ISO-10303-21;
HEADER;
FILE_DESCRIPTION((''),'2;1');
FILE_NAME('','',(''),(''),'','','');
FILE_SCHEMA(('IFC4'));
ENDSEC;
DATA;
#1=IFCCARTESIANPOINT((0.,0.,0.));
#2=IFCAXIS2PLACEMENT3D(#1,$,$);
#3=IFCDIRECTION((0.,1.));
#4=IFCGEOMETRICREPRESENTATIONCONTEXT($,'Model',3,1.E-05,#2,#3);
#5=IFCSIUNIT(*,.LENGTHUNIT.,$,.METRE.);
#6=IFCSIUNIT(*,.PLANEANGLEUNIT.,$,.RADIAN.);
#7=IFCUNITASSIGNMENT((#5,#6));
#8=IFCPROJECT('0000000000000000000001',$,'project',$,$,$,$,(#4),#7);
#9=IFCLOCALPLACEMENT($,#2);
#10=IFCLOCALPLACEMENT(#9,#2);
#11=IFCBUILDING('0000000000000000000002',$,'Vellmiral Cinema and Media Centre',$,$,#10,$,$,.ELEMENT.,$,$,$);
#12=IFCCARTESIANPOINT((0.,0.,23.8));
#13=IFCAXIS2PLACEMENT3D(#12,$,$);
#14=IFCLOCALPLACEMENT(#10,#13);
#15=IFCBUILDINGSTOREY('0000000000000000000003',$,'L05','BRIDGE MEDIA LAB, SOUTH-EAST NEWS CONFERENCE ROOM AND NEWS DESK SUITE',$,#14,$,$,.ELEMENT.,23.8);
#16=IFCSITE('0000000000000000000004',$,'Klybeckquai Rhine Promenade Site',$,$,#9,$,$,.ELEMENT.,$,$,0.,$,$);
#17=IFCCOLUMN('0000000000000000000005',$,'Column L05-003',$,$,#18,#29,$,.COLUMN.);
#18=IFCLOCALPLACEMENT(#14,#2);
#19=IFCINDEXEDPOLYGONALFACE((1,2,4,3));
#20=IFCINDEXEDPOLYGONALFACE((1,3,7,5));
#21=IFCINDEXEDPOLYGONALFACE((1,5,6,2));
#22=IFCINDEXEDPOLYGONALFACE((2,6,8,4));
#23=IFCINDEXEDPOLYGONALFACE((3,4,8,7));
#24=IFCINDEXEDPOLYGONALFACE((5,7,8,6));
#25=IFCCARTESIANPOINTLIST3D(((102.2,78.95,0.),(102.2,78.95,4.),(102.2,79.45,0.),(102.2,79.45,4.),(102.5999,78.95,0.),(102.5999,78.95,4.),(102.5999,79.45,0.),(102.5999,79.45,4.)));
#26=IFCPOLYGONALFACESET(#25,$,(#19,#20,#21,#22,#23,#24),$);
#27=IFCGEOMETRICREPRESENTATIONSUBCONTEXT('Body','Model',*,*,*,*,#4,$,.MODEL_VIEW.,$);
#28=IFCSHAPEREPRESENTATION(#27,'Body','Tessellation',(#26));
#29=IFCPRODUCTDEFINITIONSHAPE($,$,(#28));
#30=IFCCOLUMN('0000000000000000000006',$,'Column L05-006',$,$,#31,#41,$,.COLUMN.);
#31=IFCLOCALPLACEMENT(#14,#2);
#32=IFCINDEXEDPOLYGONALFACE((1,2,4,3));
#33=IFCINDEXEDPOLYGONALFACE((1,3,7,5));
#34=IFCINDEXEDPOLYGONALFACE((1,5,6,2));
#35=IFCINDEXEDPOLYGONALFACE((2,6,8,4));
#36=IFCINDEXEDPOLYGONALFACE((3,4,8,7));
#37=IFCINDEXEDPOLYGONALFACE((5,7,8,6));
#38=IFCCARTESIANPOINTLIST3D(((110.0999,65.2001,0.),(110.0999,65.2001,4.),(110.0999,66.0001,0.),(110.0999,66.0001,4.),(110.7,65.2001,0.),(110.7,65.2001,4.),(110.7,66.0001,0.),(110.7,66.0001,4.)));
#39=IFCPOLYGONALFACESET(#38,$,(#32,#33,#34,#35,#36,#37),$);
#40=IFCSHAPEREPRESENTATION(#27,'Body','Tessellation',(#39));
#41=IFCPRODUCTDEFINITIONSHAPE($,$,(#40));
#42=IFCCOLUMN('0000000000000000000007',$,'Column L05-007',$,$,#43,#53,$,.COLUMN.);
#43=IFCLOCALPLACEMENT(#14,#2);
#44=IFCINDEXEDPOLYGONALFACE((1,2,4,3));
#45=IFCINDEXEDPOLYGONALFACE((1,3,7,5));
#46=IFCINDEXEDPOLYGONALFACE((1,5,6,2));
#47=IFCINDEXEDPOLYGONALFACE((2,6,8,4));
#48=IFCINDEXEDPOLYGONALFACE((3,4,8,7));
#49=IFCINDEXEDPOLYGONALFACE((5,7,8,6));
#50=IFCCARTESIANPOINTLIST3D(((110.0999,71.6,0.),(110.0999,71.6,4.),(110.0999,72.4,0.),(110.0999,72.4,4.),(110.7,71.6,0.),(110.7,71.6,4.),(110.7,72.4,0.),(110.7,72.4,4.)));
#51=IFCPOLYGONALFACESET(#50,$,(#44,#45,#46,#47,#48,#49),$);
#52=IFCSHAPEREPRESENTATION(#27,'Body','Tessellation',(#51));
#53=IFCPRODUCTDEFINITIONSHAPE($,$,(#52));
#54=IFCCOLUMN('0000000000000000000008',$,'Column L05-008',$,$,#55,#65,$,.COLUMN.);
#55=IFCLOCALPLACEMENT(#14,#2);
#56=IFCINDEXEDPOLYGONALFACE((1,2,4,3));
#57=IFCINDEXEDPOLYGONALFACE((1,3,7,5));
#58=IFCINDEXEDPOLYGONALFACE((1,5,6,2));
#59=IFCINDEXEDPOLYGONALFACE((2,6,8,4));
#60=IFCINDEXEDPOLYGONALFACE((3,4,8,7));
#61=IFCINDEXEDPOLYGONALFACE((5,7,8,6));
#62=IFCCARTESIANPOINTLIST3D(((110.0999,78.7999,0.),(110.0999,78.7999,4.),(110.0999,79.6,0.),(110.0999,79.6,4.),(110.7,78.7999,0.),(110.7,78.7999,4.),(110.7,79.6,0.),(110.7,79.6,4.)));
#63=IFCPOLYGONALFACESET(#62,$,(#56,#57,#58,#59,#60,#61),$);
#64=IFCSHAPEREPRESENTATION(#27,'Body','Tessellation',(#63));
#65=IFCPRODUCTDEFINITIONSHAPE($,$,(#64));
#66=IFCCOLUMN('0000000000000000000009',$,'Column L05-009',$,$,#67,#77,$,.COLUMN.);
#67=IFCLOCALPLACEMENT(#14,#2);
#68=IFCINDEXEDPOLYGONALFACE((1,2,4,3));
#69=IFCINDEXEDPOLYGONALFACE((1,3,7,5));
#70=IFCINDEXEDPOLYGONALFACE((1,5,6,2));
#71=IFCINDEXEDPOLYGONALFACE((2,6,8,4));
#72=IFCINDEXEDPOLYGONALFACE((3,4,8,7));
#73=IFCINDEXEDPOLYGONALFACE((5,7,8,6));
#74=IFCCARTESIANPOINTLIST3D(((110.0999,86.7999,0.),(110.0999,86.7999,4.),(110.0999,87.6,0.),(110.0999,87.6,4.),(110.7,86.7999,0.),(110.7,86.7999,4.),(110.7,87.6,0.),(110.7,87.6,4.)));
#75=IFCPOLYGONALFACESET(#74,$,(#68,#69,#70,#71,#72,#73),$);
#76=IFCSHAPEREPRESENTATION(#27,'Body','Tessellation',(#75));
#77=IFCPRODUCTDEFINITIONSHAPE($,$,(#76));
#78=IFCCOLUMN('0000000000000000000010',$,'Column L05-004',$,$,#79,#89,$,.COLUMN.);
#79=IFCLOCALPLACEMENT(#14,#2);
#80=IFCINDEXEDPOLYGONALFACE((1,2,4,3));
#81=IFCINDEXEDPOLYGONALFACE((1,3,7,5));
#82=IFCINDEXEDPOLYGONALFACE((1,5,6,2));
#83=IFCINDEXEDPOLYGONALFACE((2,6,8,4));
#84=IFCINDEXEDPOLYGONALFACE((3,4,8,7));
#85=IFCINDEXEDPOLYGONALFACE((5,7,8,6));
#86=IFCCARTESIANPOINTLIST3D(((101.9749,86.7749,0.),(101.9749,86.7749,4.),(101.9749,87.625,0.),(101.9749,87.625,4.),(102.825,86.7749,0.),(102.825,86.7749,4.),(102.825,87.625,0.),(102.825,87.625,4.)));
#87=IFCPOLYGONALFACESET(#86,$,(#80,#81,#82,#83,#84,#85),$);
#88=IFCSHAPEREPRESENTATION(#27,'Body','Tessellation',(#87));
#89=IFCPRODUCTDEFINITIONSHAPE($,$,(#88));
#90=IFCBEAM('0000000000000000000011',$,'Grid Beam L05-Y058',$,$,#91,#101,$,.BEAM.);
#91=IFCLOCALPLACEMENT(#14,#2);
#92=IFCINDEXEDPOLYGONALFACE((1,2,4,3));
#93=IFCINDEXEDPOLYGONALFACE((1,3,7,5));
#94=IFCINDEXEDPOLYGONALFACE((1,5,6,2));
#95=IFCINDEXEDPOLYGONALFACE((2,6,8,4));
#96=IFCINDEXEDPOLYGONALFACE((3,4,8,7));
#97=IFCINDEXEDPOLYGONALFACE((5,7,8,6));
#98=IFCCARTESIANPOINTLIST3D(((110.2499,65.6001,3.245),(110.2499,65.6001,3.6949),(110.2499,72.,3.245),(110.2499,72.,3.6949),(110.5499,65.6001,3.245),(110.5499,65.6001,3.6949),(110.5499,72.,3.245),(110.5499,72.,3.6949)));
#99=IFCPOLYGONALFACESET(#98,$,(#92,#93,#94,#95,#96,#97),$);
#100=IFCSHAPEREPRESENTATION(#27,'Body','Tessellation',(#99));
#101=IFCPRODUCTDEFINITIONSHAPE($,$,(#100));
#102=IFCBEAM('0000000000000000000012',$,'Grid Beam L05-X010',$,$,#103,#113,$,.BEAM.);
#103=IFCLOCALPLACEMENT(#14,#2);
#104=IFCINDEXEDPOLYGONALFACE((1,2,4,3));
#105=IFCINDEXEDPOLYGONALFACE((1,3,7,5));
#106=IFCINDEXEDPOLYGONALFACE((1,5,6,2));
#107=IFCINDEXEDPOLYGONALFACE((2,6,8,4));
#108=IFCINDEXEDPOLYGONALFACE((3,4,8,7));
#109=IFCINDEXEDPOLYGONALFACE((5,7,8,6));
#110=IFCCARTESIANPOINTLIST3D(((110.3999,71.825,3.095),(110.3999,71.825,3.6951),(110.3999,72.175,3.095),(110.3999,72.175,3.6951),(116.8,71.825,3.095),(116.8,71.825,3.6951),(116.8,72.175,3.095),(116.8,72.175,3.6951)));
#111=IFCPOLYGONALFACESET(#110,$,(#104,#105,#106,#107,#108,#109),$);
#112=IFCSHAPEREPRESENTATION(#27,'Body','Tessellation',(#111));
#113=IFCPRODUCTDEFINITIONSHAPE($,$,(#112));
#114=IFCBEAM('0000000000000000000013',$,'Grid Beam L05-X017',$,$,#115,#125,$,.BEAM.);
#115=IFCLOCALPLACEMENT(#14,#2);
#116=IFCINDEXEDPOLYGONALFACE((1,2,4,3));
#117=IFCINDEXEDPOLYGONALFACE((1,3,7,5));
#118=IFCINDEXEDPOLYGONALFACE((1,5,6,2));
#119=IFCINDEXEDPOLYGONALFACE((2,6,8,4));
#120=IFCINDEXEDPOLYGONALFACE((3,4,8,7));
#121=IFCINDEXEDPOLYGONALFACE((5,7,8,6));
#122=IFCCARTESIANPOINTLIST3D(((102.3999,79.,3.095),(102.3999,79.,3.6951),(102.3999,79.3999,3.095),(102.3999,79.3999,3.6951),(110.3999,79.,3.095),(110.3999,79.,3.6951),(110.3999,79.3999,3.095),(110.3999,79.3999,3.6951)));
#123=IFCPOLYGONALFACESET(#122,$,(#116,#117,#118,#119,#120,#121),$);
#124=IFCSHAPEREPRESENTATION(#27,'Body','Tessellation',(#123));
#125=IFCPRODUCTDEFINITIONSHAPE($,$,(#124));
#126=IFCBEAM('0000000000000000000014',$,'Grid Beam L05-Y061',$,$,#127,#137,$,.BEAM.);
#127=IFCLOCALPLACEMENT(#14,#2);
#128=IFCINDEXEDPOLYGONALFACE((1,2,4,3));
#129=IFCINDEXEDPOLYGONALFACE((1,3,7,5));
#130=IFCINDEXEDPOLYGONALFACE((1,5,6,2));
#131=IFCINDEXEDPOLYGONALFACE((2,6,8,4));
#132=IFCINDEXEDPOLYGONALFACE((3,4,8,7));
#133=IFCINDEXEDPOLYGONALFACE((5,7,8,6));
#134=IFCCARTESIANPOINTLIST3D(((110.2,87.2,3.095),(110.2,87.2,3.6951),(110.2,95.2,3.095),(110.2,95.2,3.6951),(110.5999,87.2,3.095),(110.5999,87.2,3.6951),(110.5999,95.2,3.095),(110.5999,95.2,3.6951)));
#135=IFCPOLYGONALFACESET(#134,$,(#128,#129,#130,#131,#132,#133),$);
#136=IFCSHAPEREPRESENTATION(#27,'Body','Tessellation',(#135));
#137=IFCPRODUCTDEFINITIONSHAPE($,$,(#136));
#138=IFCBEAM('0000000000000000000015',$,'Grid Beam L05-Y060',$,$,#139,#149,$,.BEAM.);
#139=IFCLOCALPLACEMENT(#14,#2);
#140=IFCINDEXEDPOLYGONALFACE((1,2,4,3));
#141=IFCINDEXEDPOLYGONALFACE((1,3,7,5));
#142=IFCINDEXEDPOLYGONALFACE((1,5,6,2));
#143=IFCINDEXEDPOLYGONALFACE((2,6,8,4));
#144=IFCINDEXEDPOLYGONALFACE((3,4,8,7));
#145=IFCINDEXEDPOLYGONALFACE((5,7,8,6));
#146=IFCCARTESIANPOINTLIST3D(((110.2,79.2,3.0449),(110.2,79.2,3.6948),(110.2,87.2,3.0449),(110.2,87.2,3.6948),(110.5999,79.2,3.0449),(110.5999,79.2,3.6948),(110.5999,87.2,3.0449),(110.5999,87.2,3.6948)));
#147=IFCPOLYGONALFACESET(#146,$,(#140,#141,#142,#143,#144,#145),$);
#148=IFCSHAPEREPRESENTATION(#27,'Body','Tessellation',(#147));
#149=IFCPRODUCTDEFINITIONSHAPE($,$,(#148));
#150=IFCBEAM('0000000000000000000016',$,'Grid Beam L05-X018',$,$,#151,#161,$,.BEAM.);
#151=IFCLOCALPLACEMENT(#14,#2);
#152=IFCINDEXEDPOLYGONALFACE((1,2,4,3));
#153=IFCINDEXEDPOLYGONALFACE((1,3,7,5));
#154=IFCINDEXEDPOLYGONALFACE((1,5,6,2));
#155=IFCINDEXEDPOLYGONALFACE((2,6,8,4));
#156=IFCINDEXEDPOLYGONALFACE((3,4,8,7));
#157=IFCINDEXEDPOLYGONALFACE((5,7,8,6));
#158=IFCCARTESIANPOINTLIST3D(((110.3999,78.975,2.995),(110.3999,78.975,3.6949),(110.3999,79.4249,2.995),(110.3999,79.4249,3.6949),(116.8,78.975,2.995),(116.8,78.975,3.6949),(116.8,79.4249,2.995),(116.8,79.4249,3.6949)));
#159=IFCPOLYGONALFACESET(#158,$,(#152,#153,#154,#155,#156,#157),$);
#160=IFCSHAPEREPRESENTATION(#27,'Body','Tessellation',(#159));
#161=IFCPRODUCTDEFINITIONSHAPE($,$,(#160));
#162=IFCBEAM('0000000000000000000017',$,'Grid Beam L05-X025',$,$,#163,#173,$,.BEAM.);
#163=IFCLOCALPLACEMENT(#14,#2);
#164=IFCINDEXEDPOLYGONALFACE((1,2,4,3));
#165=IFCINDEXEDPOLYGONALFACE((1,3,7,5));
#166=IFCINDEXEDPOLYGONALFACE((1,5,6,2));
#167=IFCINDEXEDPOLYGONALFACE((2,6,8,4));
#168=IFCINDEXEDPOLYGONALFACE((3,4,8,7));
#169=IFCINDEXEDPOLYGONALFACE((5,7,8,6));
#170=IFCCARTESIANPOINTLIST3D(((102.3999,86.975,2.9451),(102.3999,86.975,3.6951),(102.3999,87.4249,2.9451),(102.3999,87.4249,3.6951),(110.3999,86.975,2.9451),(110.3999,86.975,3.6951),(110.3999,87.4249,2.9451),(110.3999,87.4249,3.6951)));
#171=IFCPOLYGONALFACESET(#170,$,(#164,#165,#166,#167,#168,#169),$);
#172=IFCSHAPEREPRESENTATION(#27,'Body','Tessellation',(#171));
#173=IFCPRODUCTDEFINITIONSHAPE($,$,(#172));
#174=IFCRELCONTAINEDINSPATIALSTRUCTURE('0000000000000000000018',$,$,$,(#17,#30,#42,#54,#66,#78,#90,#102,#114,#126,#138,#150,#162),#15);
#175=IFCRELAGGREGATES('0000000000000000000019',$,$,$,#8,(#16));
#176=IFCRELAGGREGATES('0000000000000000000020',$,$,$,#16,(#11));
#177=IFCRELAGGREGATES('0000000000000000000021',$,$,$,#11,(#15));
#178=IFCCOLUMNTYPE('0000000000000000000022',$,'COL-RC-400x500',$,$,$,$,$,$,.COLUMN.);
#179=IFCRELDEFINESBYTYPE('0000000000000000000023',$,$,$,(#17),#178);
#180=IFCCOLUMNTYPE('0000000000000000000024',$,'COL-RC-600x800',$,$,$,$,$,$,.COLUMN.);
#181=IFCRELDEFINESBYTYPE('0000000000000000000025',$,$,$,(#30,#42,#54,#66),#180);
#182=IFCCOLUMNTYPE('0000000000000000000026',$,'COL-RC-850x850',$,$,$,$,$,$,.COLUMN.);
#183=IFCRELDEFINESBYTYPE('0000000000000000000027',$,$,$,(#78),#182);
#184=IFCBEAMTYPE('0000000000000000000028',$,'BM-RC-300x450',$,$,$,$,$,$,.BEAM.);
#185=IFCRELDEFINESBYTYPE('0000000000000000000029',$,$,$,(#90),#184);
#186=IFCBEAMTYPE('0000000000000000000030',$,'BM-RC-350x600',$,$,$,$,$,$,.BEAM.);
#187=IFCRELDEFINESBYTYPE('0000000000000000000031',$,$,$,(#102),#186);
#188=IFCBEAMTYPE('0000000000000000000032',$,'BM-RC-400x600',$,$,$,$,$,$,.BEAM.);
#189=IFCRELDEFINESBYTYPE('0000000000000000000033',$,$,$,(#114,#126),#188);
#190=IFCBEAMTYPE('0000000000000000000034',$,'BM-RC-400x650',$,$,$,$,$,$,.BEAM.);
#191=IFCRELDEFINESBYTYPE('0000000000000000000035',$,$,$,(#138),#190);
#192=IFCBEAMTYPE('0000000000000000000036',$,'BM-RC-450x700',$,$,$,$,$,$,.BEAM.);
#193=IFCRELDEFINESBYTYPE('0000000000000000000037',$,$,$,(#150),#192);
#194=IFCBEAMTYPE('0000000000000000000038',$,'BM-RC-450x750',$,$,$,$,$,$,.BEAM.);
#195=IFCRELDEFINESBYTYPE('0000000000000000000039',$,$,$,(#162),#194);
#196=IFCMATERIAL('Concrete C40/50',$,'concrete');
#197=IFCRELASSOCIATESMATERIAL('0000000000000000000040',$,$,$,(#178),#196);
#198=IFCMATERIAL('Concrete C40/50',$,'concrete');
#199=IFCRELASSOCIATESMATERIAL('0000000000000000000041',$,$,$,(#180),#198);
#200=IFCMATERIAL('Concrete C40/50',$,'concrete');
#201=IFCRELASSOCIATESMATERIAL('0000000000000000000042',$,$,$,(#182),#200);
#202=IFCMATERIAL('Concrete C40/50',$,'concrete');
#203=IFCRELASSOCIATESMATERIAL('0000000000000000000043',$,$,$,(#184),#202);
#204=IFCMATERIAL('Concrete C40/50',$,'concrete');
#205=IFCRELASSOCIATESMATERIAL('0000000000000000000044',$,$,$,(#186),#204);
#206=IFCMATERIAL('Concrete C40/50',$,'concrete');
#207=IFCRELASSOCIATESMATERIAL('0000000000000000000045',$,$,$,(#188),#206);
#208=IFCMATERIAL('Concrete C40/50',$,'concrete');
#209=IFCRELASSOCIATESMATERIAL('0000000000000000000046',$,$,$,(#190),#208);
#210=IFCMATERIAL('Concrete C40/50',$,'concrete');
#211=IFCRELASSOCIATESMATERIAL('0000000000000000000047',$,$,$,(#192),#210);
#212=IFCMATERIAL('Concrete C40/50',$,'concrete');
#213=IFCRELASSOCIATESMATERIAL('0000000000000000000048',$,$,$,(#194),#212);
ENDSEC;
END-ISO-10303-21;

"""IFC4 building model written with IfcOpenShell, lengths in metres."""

from ifc_helpers import new_model, si_unit, direction, frame, origin, origin_2d, place, context, subcontext, project, spatial, rectangle, extrude, material, material_profile, profile_set, type_object, element, save


model = new_model("IFC4")

# Units and contexts
model_context = context("Model", 3, precision=1e-05, world=origin(), true_north=direction((0.0, 1.0)))
body_context = subcontext(model_context, "Body", "Model", "MODEL_VIEW")
ifc_project = project(units=[si_unit("LENGTHUNIT", "METRE"), si_unit("PLANEANGLEUNIT", "RADIAN")], contexts=[model_context])

# Site, building, storey
site_placement = place(None, origin())
site = spatial("IfcSite", under=ifc_project, at=site_placement, Name="Klybeckquai Rhine Promenade Site", CompositionType="ELEMENT", RefElevation=0.0)
building_placement = place(site_placement, origin())
building = spatial("IfcBuilding", under=site, at=building_placement, Name="Vellmiral Cinema and Media Centre", CompositionType="ELEMENT")
storey_placement = place(building_placement, frame((0.0, 0.0, 23.8)))
storey = spatial("IfcBuildingStorey", under=building, at=storey_placement, Name="L05", Description="BRIDGE MEDIA LAB, SOUTH-EAST NEWS CONFERENCE ROOM AND NEWS DESK SUITE", CompositionType="ELEMENT", Elevation=23.8)

# Columns
ifc_material_1 = material(Name="Concrete C40/50", Category="concrete")
ifc_material_profile_1 = material_profile(ifc_material_1, rectangle(XDim=0.3999, YDim=0.5, at=origin_2d()), Name="RC 400x500")
ifc_profile_set_1 = profile_set([ifc_material_profile_1], Name="Concrete C40/50")
column_type_1 = type_object("IfcColumnType", Name="COL-RC-400x500", PredefinedType="COLUMN", material=ifc_profile_set_1)
column_1_placement = place(storey_placement, frame((102.3999, 79.2, 0.0), z_axis=(0.0, 0.0, 1.0), x_axis=(1.0, 0.0, 0.0)))
element("IfcColumn", 1, at=column_1_placement, inside=storey, type_object=column_type_1, Name="Column L05-003", PredefinedType="COLUMN", context=body_context, shape_type="SweptSolid", body=[
    extrude(rectangle(XDim=0.3999, YDim=0.5, at=origin_2d()), origin(), (0.0, 0.0, 1.0), 4.0),
])
ifc_material_2 = material(Name="Concrete C40/50", Category="concrete")
ifc_material_profile_2 = material_profile(ifc_material_2, rectangle(XDim=0.6001, YDim=0.8, at=origin_2d()), Name="RC 600x800")
ifc_profile_set_2 = profile_set([ifc_material_profile_2], Name="Concrete C40/50")
column_type_2 = type_object("IfcColumnType", Name="COL-RC-600x800", PredefinedType="COLUMN", material=ifc_profile_set_2)
for number, where, z_axis, x_axis, name in (
    (2, (110.3999, 65.6001, 0.0), (0.0, 0.0, 1.0), (1.0, 0.0, 0.0), "Column L05-006"),
    (3, (110.3999, 72.0, 0.0), (0.0, 0.0, 1.0), (1.0, 0.0, 0.0), "Column L05-007"),
    (4, (110.3999, 79.2, 0.0), (0.0, 0.0, 1.0), (1.0, 0.0, 0.0), "Column L05-008"),
    (5, (110.3999, 87.2, 0.0), (0.0, 0.0, 1.0), (1.0, 0.0, 0.0), "Column L05-009"),
):
    element("IfcColumn", number, at=place(storey_placement, frame(where, z_axis=z_axis, x_axis=x_axis)), inside=storey, type_object=column_type_2, Name=name, PredefinedType="COLUMN", context=body_context, shape_type="SweptSolid", body=[
        extrude(rectangle(XDim=0.6001, YDim=0.8, at=origin_2d()), origin(), (0.0, 0.0, 1.0), 4.0),
    ])
ifc_material_3 = material(Name="Concrete C40/50", Category="concrete")
ifc_material_profile_3 = material_profile(ifc_material_3, rectangle(XDim=0.8501, YDim=0.8501, at=origin_2d()), Name="RC 850x850")
ifc_profile_set_3 = profile_set([ifc_material_profile_3], Name="Concrete C40/50")
column_type_3 = type_object("IfcColumnType", Name="COL-RC-850x850", PredefinedType="COLUMN", material=ifc_profile_set_3)
column_2_placement = place(storey_placement, frame((102.3999, 87.2, 0.0), z_axis=(0.0, 0.0, 1.0), x_axis=(1.0, 0.0, 0.0)))
element("IfcColumn", 6, at=column_2_placement, inside=storey, type_object=column_type_3, Name="Column L05-004", PredefinedType="COLUMN", context=body_context, shape_type="SweptSolid", body=[
    extrude(rectangle(XDim=0.8501, YDim=0.8501, at=origin_2d()), origin(), (0.0, 0.0, 1.0), 4.0),
])

# Beams
ifc_material_4 = material(Name="Concrete C40/50", Category="concrete")
ifc_material_profile_4 = material_profile(ifc_material_4, rectangle(XDim=0.3, YDim=0.45, at=origin_2d()), Name="RC 300x450")
ifc_profile_set_4 = profile_set([ifc_material_profile_4], Name="Concrete C40/50")
beam_type_1 = type_object("IfcBeamType", Name="BM-RC-300x450", PredefinedType="BEAM", material=ifc_profile_set_4)
beam_1_placement = place(storey_placement, frame((110.3999, 65.6001, 3.47), z_axis=(0.0, 1.0, 0.0), x_axis=(-1.0, 0.0, 0.0)))
element("IfcBeam", 7, at=beam_1_placement, inside=storey, type_object=beam_type_1, Name="Grid Beam L05-Y058", PredefinedType="BEAM", context=body_context, shape_type="SweptSolid", body=[
    extrude(rectangle(XDim=0.3, YDim=0.45, at=origin_2d()), origin(), (0.0, 0.0, 1.0), 6.3999),
])
ifc_material_5 = material(Name="Concrete C40/50", Category="concrete")
ifc_material_profile_5 = material_profile(ifc_material_5, rectangle(XDim=0.3501, YDim=0.6001, at=origin_2d()), Name="RC 350x600")
ifc_profile_set_5 = profile_set([ifc_material_profile_5], Name="Concrete C40/50")
beam_type_2 = type_object("IfcBeamType", Name="BM-RC-350x600", PredefinedType="BEAM", material=ifc_profile_set_5)
beam_2_placement = place(storey_placement, frame((110.3999, 72.0, 3.395), z_axis=(1.0, 0.0, 0.0), x_axis=(0.0, 1.0, 0.0)))
element("IfcBeam", 8, at=beam_2_placement, inside=storey, type_object=beam_type_2, Name="Grid Beam L05-X010", PredefinedType="BEAM", context=body_context, shape_type="SweptSolid", body=[
    extrude(rectangle(XDim=0.3501, YDim=0.6001, at=origin_2d()), origin(), (0.0, 0.0, 1.0), 6.4001),
])
ifc_material_6 = material(Name="Concrete C40/50", Category="concrete")
ifc_material_profile_6 = material_profile(ifc_material_6, rectangle(XDim=0.3999, YDim=0.6001, at=origin_2d()), Name="RC 400x600")
ifc_profile_set_6 = profile_set([ifc_material_profile_6], Name="Concrete C40/50")
beam_type_3 = type_object("IfcBeamType", Name="BM-RC-400x600", PredefinedType="BEAM", material=ifc_profile_set_6)
for number, where, z_axis, x_axis, name in (
    (9, (102.3999, 79.2, 3.395), (1.0, 0.0, 0.0), (0.0, 1.0, 0.0), "Grid Beam L05-X017"),
    (10, (110.3999, 87.2, 3.395), (0.0, 1.0, 0.0), (-1.0, 0.0, 0.0), "Grid Beam L05-Y061"),
):
    element("IfcBeam", number, at=place(storey_placement, frame(where, z_axis=z_axis, x_axis=x_axis)), inside=storey, type_object=beam_type_3, Name=name, PredefinedType="BEAM", context=body_context, shape_type="SweptSolid", body=[
        extrude(rectangle(XDim=0.3999, YDim=0.6001, at=origin_2d()), origin(), (0.0, 0.0, 1.0), 8.0),
    ])
ifc_material_7 = material(Name="Concrete C40/50", Category="concrete")
ifc_material_profile_7 = material_profile(ifc_material_7, rectangle(XDim=0.3999, YDim=0.6499, at=origin_2d()), Name="RC 400x650")
ifc_profile_set_7 = profile_set([ifc_material_profile_7], Name="Concrete C40/50")
beam_type_4 = type_object("IfcBeamType", Name="BM-RC-400x650", PredefinedType="BEAM", material=ifc_profile_set_7)
beam_3_placement = place(storey_placement, frame((110.3999, 79.2, 3.3699), z_axis=(0.0, 1.0, 0.0), x_axis=(-1.0, 0.0, 0.0)))
element("IfcBeam", 11, at=beam_3_placement, inside=storey, type_object=beam_type_4, Name="Grid Beam L05-Y060", PredefinedType="BEAM", context=body_context, shape_type="SweptSolid", body=[
    extrude(rectangle(XDim=0.3999, YDim=0.6499, at=origin_2d()), origin(), (0.0, 0.0, 1.0), 8.0),
])
ifc_material_8 = material(Name="Concrete C40/50", Category="concrete")
ifc_material_profile_8 = material_profile(ifc_material_8, rectangle(XDim=0.45, YDim=0.7, at=origin_2d()), Name="RC 450x700")
ifc_profile_set_8 = profile_set([ifc_material_profile_8], Name="Concrete C40/50")
beam_type_5 = type_object("IfcBeamType", Name="BM-RC-450x700", PredefinedType="BEAM", material=ifc_profile_set_8)
beam_4_placement = place(storey_placement, frame((110.3999, 79.2, 3.345), z_axis=(1.0, 0.0, 0.0), x_axis=(0.0, 1.0, 0.0)))
element("IfcBeam", 12, at=beam_4_placement, inside=storey, type_object=beam_type_5, Name="Grid Beam L05-X018", PredefinedType="BEAM", context=body_context, shape_type="SweptSolid", body=[
    extrude(rectangle(XDim=0.45, YDim=0.7, at=origin_2d()), origin(), (0.0, 0.0, 1.0), 6.4001),
])
ifc_material_9 = material(Name="Concrete C40/50", Category="concrete")
ifc_material_profile_9 = material_profile(ifc_material_9, rectangle(XDim=0.45, YDim=0.75, at=origin_2d()), Name="RC 450x750")
ifc_profile_set_9 = profile_set([ifc_material_profile_9], Name="Concrete C40/50")
beam_type_6 = type_object("IfcBeamType", Name="BM-RC-450x750", PredefinedType="BEAM", material=ifc_profile_set_9)
beam_5_placement = place(storey_placement, frame((102.3999, 87.2, 3.3201), z_axis=(1.0, 0.0, 0.0), x_axis=(0.0, 1.0, 0.0)))
element("IfcBeam", 13, at=beam_5_placement, inside=storey, type_object=beam_type_6, Name="Grid Beam L05-X025", PredefinedType="BEAM", context=body_context, shape_type="SweptSolid", body=[
    extrude(rectangle(XDim=0.45, YDim=0.75, at=origin_2d()), origin(), (0.0, 0.0, 1.0), 8.0),
])

save(model, "model.ifc")
